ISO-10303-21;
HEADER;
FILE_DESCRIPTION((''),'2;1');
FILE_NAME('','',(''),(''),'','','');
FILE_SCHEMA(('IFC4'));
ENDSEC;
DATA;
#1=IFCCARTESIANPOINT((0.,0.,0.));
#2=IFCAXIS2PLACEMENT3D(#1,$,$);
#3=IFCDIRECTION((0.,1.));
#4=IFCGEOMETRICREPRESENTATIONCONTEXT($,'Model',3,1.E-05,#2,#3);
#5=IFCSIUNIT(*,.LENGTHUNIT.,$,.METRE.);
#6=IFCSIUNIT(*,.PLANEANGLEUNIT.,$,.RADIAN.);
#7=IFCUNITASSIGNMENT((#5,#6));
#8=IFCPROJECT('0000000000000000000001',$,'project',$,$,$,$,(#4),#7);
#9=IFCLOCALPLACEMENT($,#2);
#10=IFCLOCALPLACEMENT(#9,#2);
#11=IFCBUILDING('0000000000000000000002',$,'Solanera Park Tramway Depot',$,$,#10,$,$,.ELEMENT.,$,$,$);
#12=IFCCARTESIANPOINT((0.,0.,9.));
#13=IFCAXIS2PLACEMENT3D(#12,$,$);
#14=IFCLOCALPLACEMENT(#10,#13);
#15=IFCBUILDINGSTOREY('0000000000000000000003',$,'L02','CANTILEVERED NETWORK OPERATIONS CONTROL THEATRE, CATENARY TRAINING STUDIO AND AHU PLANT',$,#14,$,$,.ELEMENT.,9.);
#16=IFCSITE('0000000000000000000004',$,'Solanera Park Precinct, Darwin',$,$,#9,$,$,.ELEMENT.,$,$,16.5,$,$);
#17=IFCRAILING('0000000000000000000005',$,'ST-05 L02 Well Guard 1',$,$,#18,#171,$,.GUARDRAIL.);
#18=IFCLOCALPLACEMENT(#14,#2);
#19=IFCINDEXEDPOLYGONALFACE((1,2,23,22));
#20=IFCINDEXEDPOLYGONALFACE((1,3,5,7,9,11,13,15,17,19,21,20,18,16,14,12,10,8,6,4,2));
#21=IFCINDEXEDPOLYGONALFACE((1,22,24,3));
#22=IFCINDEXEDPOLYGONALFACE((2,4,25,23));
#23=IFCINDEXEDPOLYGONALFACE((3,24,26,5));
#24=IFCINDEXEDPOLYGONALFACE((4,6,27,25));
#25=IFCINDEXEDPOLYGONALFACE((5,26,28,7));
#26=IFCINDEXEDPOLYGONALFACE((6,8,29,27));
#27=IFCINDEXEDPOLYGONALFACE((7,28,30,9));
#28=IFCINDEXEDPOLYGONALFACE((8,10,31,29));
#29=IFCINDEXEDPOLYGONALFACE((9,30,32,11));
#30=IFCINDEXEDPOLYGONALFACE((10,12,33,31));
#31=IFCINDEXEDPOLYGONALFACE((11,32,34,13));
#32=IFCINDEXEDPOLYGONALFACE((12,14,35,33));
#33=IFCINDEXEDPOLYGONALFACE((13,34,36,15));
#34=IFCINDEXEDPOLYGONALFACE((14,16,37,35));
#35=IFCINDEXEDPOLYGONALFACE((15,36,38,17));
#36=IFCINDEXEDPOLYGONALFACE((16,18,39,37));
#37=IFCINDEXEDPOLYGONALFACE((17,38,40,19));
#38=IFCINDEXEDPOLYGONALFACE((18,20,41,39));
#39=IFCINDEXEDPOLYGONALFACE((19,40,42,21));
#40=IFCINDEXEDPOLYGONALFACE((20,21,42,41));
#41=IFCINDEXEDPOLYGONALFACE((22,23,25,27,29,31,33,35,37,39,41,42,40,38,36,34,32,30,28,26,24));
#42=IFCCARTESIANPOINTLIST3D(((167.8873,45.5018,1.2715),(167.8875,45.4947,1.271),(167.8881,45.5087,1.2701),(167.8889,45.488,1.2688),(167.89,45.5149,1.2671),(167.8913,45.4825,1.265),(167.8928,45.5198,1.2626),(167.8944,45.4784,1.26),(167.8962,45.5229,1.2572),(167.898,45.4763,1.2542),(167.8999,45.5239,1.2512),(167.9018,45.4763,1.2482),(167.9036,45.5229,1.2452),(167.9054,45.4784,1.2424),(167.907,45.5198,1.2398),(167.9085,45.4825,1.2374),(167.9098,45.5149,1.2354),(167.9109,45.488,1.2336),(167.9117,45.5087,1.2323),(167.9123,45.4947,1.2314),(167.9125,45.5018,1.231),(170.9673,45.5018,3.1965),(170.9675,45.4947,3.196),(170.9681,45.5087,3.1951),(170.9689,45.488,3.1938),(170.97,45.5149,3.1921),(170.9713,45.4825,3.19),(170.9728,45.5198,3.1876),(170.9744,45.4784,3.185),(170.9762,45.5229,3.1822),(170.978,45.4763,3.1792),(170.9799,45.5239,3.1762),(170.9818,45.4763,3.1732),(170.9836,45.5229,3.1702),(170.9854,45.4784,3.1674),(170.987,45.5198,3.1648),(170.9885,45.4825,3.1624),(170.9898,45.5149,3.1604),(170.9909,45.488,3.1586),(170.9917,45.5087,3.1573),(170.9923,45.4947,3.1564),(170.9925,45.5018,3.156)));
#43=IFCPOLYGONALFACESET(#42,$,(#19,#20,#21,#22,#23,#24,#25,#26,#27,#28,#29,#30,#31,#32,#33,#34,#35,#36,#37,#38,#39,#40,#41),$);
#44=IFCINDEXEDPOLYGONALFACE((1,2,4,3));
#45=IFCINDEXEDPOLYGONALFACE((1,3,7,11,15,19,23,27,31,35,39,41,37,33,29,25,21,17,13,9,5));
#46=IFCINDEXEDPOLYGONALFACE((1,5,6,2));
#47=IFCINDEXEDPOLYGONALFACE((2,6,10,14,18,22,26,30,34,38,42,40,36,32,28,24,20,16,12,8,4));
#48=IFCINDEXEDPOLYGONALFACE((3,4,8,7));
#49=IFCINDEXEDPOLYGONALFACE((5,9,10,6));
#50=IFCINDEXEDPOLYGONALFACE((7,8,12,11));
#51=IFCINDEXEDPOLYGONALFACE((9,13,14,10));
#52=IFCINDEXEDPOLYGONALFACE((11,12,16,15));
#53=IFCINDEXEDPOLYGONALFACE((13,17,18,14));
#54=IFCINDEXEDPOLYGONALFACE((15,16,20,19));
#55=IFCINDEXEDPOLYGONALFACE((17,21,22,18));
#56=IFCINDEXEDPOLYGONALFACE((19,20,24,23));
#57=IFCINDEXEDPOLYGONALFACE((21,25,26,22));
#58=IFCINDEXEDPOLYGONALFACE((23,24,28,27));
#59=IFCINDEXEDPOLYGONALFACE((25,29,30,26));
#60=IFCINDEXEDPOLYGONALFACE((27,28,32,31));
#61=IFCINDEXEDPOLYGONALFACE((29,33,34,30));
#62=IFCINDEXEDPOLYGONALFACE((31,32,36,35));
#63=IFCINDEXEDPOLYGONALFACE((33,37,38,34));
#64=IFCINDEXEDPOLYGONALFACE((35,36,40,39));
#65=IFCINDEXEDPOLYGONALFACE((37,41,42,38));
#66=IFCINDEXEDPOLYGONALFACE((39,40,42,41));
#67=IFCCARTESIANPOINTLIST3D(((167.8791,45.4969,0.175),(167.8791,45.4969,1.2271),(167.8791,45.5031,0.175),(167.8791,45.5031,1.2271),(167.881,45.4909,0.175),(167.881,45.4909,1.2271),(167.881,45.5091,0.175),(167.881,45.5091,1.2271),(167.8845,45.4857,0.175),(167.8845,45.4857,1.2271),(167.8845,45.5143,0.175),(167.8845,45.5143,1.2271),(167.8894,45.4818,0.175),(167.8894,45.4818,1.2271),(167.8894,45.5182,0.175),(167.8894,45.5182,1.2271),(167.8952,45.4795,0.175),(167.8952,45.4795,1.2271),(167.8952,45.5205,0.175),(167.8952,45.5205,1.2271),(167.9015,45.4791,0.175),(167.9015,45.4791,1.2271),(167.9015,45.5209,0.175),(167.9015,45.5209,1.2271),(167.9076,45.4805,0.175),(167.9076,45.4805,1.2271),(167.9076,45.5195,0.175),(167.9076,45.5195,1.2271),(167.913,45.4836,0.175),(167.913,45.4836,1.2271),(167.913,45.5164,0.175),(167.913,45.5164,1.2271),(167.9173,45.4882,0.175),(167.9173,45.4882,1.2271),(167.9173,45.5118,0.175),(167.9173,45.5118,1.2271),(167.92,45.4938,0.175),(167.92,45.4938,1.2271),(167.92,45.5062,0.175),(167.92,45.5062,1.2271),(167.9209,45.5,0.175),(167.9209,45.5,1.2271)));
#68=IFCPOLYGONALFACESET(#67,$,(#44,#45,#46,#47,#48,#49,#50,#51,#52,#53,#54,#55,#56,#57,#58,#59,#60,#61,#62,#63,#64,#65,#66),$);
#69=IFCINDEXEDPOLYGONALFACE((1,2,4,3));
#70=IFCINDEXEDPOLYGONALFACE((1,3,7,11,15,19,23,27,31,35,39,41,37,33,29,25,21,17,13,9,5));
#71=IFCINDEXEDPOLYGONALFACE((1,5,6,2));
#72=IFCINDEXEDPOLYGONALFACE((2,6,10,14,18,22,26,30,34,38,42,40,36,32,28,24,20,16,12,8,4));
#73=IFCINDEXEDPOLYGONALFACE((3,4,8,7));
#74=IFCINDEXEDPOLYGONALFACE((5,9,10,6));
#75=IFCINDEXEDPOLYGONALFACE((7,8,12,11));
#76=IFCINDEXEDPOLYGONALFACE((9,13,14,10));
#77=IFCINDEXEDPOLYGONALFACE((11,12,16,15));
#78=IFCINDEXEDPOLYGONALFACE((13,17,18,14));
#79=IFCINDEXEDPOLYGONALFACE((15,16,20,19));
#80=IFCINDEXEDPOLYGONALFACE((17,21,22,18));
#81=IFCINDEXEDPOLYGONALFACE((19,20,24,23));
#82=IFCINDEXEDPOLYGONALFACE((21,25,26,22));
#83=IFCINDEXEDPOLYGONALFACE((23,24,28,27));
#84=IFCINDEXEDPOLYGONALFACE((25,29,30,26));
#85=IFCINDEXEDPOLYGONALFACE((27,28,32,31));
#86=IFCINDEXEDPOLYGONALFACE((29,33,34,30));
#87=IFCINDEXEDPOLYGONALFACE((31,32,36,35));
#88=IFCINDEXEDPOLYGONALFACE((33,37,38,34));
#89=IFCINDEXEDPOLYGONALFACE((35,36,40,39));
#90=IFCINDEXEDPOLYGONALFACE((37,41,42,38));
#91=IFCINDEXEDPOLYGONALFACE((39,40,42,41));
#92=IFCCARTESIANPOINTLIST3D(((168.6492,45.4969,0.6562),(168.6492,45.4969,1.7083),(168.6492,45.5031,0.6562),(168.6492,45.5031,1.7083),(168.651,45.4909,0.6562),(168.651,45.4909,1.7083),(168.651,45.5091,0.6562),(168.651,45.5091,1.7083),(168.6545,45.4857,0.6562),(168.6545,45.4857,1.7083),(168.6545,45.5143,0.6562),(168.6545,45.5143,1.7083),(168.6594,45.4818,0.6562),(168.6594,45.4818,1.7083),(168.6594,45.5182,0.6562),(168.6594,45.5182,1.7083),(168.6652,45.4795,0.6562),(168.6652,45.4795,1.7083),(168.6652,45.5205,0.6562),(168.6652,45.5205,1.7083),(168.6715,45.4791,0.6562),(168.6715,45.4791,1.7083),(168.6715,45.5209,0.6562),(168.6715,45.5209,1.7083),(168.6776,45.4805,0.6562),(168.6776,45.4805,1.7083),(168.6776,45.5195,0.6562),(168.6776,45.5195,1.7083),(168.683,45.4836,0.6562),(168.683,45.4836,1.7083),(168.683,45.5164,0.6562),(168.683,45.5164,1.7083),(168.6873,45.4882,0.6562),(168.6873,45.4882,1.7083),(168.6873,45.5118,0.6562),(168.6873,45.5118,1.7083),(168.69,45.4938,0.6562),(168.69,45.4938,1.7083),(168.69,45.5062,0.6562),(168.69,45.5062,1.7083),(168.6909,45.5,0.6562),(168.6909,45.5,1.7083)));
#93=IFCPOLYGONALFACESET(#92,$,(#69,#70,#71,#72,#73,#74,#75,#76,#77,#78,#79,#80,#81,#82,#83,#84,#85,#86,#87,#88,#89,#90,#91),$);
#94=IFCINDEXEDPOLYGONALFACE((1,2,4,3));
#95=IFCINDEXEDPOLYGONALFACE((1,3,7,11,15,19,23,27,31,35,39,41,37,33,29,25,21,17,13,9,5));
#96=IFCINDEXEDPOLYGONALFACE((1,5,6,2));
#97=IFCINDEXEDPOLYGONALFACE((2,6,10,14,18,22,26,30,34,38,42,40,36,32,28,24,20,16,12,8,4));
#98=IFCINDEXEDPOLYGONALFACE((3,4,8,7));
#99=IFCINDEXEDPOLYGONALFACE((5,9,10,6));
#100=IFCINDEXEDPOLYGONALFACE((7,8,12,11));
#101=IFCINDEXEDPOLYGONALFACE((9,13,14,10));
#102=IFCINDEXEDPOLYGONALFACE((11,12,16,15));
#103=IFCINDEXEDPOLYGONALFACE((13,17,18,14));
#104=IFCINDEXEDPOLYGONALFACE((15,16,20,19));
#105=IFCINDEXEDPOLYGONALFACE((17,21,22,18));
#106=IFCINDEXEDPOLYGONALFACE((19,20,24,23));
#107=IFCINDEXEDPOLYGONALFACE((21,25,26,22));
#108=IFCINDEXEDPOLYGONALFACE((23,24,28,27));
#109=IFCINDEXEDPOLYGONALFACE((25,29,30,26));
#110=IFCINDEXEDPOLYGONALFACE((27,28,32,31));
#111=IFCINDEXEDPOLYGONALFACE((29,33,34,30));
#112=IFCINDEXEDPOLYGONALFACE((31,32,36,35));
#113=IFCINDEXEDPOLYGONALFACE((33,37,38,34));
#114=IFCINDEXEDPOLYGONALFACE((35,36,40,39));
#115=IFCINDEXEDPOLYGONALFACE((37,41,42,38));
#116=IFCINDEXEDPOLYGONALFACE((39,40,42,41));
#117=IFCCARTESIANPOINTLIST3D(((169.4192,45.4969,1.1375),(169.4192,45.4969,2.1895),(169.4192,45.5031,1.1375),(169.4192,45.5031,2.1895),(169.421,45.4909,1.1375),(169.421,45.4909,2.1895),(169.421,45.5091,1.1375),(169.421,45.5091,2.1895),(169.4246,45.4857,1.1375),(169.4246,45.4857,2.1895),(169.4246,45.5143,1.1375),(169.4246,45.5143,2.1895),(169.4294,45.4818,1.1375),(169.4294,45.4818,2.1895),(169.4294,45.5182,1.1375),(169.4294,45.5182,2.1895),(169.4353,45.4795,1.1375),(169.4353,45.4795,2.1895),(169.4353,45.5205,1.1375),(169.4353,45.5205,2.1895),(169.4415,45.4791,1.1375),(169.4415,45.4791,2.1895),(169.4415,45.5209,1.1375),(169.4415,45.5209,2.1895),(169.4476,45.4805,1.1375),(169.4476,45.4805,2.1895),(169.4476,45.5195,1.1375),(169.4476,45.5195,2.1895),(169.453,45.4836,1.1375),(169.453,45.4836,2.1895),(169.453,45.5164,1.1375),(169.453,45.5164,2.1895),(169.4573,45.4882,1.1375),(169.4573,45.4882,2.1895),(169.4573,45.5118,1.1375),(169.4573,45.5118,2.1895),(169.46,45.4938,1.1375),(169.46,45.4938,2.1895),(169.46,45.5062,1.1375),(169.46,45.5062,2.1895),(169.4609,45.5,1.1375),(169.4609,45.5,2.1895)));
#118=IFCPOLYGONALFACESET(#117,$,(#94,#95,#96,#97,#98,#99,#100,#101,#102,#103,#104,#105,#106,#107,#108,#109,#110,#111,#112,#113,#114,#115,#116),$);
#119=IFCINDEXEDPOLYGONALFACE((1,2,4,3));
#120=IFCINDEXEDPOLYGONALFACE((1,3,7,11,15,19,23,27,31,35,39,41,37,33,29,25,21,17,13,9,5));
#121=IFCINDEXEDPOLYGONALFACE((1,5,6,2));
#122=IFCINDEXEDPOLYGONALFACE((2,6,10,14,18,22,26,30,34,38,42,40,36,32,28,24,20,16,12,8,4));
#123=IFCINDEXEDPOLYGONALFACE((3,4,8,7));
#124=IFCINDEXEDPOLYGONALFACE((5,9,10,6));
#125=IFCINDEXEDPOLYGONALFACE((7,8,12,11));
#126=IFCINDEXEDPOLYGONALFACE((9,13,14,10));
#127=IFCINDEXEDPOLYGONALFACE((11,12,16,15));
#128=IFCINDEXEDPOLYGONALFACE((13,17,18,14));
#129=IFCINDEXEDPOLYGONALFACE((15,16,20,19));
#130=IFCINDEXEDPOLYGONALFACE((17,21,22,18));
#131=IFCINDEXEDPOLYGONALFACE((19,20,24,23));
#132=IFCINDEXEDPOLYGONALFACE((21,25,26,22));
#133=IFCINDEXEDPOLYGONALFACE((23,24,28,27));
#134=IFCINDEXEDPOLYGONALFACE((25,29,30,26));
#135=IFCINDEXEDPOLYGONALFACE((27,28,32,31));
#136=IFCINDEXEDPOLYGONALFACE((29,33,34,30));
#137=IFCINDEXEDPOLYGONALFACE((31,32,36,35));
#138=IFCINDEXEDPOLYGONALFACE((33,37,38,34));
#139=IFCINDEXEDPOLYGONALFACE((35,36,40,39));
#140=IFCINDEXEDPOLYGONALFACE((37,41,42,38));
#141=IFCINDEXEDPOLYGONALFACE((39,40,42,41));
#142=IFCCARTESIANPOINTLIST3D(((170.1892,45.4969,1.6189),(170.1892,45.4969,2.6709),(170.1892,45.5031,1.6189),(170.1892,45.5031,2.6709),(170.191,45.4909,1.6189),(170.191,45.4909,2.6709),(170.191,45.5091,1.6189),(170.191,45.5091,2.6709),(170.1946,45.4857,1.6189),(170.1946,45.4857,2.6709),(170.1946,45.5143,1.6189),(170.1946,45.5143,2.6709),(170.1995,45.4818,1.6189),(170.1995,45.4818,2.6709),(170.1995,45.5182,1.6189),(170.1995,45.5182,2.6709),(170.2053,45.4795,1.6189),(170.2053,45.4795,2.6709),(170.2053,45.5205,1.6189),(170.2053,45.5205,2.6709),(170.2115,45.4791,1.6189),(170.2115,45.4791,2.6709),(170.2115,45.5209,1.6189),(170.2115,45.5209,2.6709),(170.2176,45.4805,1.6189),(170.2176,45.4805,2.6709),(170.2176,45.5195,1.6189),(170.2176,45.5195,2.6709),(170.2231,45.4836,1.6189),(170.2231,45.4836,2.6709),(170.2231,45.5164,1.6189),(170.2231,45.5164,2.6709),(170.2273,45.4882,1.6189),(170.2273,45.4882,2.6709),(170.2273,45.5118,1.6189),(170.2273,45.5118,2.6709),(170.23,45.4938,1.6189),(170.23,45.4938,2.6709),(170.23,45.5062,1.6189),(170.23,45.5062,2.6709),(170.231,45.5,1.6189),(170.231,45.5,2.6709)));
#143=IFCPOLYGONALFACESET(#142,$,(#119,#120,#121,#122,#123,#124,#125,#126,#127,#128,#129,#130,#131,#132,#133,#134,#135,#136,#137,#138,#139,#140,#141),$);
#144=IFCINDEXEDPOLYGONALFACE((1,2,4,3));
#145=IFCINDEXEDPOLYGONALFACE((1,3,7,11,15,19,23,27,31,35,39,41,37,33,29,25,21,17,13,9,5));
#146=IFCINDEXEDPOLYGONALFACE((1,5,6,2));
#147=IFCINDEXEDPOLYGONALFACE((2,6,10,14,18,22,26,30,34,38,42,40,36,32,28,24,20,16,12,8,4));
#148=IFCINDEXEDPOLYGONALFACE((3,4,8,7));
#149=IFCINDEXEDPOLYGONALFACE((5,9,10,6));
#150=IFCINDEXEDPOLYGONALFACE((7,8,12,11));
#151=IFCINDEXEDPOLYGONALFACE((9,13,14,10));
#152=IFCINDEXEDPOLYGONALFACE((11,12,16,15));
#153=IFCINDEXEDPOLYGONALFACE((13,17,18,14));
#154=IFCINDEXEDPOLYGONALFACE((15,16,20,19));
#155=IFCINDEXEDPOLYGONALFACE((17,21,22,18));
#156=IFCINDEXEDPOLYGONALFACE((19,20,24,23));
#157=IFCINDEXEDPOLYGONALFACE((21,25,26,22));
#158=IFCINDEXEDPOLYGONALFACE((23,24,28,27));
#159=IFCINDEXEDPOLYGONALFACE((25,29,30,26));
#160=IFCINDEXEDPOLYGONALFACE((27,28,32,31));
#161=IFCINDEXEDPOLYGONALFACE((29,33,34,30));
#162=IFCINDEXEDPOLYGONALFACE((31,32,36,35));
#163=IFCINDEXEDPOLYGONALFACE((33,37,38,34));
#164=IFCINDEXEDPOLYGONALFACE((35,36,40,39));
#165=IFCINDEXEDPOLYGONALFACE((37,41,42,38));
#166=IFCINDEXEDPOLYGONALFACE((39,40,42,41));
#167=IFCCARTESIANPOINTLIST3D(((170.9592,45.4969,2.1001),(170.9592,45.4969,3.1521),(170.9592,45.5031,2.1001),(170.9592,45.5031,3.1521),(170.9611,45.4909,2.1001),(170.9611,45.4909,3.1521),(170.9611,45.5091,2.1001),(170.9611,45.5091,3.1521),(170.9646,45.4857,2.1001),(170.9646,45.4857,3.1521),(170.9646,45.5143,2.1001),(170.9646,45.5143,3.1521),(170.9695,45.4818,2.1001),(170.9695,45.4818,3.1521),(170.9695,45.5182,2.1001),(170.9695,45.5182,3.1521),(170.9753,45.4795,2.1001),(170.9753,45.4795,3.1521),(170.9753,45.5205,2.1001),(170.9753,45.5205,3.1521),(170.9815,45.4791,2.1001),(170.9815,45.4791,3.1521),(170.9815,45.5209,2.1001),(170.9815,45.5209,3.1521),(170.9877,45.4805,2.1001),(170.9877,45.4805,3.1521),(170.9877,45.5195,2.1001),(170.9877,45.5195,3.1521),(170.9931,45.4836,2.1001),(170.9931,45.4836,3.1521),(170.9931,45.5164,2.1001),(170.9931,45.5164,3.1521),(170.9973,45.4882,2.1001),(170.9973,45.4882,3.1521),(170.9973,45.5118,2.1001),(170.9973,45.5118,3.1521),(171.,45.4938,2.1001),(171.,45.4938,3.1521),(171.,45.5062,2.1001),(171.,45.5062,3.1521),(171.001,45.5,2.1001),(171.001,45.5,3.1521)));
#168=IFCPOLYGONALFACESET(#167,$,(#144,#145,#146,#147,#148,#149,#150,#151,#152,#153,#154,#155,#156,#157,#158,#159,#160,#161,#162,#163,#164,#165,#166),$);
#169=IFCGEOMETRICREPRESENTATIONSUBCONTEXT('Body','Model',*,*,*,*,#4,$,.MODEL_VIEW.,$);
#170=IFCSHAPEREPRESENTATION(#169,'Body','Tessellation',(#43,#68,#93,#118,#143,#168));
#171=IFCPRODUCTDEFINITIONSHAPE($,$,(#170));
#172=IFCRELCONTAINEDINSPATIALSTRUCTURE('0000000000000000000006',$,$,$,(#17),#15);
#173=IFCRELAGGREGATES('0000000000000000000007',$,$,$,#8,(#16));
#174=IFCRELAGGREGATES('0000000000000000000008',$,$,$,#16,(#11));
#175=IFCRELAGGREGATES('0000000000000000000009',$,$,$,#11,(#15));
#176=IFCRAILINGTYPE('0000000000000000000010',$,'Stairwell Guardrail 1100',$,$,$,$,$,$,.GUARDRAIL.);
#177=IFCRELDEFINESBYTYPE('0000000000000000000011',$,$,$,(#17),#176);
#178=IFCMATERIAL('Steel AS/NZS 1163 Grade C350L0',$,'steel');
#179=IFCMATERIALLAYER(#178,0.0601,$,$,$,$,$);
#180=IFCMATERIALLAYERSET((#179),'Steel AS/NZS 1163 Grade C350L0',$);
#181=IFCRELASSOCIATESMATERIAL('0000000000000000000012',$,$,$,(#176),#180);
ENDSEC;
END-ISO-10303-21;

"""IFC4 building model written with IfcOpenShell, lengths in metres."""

from ifc_helpers import new_model, si_unit, direction, frame, origin, origin_2d, place, context, subcontext, project, spatial, circle, extrude, material, layer, layer_set, type_object, element, save


model = new_model("IFC4")

# Units and contexts
model_context = context("Model", 3, precision=1e-05, world=origin(), true_north=direction((0.0, 1.0)))
body_context = subcontext(model_context, "Body", "Model", "MODEL_VIEW")
ifc_project = project(units=[si_unit("LENGTHUNIT", "METRE"), si_unit("PLANEANGLEUNIT", "RADIAN")], contexts=[model_context])

# Site, building, storey
site_placement = place(None, origin())
site = spatial("IfcSite", under=ifc_project, at=site_placement, Name="Solanera Park Precinct, Darwin", CompositionType="ELEMENT", RefElevation=16.5)
building_placement = place(site_placement, origin())
building = spatial("IfcBuilding", under=site, at=building_placement, Name="Solanera Park Tramway Depot", CompositionType="ELEMENT")
storey_placement = place(building_placement, frame((0.0, 0.0, 9.0)))
storey = spatial("IfcBuildingStorey", under=building, at=storey_placement, Name="L02", Description="CANTILEVERED NETWORK OPERATIONS CONTROL THEATRE, CATENARY TRAINING STUDIO AND AHU PLANT", CompositionType="ELEMENT", Elevation=9.0)

# Railing
ifc_material_1 = material(Name="Steel AS/NZS 1163 Grade C350L0", Category="steel")
ifc_layer_1 = layer(ifc_material_1, 0.0601)
ifc_layer_set_1 = layer_set([ifc_layer_1], Name="Steel AS/NZS 1163 Grade C350L0")
railing_type_1 = type_object("IfcRailingType", Name="Stairwell Guardrail 1100", PredefinedType="GUARDRAIL", material=ifc_layer_set_1)
railing_1_placement = place(storey_placement, frame((167.8999, 45.5, 0.175)))
element("IfcRailing", 1, at=railing_1_placement, inside=storey, type_object=railing_type_1, Name="ST-05 L02 Well Guard 1", PredefinedType="GUARDRAIL", context=body_context, shape_type="SweptSolid", body=[
    extrude(circle(Radius=0.0239, at=origin_2d()), frame((0.0, 0.0, 1.0762), z_axis=(0.847998, 0.0, 0.529999), x_axis=(0.0, 1.0, 0.0)), (0.0, 0.0, 1.0), 3.6321),
    extrude(circle(Radius=0.021, at=origin_2d()), origin(), (0.0, 0.0, 1.0), 1.052),
    extrude(circle(Radius=0.021, at=origin_2d()), frame((0.77, 0.0, 0.4812)), (0.0, 0.0, 1.0), 1.052),
    extrude(circle(Radius=0.021, at=origin_2d()), frame((1.54, 0.0, 0.9624)), (0.0, 0.0, 1.0), 1.052),
    extrude(circle(Radius=0.021, at=origin_2d()), frame((2.3101, 0.0, 1.4438)), (0.0, 0.0, 1.0), 1.052),
    extrude(circle(Radius=0.021, at=origin_2d()), frame((3.0801, 0.0, 1.925)), (0.0, 0.0, 1.0), 1.052),
])

save(model, "model.ifc")
